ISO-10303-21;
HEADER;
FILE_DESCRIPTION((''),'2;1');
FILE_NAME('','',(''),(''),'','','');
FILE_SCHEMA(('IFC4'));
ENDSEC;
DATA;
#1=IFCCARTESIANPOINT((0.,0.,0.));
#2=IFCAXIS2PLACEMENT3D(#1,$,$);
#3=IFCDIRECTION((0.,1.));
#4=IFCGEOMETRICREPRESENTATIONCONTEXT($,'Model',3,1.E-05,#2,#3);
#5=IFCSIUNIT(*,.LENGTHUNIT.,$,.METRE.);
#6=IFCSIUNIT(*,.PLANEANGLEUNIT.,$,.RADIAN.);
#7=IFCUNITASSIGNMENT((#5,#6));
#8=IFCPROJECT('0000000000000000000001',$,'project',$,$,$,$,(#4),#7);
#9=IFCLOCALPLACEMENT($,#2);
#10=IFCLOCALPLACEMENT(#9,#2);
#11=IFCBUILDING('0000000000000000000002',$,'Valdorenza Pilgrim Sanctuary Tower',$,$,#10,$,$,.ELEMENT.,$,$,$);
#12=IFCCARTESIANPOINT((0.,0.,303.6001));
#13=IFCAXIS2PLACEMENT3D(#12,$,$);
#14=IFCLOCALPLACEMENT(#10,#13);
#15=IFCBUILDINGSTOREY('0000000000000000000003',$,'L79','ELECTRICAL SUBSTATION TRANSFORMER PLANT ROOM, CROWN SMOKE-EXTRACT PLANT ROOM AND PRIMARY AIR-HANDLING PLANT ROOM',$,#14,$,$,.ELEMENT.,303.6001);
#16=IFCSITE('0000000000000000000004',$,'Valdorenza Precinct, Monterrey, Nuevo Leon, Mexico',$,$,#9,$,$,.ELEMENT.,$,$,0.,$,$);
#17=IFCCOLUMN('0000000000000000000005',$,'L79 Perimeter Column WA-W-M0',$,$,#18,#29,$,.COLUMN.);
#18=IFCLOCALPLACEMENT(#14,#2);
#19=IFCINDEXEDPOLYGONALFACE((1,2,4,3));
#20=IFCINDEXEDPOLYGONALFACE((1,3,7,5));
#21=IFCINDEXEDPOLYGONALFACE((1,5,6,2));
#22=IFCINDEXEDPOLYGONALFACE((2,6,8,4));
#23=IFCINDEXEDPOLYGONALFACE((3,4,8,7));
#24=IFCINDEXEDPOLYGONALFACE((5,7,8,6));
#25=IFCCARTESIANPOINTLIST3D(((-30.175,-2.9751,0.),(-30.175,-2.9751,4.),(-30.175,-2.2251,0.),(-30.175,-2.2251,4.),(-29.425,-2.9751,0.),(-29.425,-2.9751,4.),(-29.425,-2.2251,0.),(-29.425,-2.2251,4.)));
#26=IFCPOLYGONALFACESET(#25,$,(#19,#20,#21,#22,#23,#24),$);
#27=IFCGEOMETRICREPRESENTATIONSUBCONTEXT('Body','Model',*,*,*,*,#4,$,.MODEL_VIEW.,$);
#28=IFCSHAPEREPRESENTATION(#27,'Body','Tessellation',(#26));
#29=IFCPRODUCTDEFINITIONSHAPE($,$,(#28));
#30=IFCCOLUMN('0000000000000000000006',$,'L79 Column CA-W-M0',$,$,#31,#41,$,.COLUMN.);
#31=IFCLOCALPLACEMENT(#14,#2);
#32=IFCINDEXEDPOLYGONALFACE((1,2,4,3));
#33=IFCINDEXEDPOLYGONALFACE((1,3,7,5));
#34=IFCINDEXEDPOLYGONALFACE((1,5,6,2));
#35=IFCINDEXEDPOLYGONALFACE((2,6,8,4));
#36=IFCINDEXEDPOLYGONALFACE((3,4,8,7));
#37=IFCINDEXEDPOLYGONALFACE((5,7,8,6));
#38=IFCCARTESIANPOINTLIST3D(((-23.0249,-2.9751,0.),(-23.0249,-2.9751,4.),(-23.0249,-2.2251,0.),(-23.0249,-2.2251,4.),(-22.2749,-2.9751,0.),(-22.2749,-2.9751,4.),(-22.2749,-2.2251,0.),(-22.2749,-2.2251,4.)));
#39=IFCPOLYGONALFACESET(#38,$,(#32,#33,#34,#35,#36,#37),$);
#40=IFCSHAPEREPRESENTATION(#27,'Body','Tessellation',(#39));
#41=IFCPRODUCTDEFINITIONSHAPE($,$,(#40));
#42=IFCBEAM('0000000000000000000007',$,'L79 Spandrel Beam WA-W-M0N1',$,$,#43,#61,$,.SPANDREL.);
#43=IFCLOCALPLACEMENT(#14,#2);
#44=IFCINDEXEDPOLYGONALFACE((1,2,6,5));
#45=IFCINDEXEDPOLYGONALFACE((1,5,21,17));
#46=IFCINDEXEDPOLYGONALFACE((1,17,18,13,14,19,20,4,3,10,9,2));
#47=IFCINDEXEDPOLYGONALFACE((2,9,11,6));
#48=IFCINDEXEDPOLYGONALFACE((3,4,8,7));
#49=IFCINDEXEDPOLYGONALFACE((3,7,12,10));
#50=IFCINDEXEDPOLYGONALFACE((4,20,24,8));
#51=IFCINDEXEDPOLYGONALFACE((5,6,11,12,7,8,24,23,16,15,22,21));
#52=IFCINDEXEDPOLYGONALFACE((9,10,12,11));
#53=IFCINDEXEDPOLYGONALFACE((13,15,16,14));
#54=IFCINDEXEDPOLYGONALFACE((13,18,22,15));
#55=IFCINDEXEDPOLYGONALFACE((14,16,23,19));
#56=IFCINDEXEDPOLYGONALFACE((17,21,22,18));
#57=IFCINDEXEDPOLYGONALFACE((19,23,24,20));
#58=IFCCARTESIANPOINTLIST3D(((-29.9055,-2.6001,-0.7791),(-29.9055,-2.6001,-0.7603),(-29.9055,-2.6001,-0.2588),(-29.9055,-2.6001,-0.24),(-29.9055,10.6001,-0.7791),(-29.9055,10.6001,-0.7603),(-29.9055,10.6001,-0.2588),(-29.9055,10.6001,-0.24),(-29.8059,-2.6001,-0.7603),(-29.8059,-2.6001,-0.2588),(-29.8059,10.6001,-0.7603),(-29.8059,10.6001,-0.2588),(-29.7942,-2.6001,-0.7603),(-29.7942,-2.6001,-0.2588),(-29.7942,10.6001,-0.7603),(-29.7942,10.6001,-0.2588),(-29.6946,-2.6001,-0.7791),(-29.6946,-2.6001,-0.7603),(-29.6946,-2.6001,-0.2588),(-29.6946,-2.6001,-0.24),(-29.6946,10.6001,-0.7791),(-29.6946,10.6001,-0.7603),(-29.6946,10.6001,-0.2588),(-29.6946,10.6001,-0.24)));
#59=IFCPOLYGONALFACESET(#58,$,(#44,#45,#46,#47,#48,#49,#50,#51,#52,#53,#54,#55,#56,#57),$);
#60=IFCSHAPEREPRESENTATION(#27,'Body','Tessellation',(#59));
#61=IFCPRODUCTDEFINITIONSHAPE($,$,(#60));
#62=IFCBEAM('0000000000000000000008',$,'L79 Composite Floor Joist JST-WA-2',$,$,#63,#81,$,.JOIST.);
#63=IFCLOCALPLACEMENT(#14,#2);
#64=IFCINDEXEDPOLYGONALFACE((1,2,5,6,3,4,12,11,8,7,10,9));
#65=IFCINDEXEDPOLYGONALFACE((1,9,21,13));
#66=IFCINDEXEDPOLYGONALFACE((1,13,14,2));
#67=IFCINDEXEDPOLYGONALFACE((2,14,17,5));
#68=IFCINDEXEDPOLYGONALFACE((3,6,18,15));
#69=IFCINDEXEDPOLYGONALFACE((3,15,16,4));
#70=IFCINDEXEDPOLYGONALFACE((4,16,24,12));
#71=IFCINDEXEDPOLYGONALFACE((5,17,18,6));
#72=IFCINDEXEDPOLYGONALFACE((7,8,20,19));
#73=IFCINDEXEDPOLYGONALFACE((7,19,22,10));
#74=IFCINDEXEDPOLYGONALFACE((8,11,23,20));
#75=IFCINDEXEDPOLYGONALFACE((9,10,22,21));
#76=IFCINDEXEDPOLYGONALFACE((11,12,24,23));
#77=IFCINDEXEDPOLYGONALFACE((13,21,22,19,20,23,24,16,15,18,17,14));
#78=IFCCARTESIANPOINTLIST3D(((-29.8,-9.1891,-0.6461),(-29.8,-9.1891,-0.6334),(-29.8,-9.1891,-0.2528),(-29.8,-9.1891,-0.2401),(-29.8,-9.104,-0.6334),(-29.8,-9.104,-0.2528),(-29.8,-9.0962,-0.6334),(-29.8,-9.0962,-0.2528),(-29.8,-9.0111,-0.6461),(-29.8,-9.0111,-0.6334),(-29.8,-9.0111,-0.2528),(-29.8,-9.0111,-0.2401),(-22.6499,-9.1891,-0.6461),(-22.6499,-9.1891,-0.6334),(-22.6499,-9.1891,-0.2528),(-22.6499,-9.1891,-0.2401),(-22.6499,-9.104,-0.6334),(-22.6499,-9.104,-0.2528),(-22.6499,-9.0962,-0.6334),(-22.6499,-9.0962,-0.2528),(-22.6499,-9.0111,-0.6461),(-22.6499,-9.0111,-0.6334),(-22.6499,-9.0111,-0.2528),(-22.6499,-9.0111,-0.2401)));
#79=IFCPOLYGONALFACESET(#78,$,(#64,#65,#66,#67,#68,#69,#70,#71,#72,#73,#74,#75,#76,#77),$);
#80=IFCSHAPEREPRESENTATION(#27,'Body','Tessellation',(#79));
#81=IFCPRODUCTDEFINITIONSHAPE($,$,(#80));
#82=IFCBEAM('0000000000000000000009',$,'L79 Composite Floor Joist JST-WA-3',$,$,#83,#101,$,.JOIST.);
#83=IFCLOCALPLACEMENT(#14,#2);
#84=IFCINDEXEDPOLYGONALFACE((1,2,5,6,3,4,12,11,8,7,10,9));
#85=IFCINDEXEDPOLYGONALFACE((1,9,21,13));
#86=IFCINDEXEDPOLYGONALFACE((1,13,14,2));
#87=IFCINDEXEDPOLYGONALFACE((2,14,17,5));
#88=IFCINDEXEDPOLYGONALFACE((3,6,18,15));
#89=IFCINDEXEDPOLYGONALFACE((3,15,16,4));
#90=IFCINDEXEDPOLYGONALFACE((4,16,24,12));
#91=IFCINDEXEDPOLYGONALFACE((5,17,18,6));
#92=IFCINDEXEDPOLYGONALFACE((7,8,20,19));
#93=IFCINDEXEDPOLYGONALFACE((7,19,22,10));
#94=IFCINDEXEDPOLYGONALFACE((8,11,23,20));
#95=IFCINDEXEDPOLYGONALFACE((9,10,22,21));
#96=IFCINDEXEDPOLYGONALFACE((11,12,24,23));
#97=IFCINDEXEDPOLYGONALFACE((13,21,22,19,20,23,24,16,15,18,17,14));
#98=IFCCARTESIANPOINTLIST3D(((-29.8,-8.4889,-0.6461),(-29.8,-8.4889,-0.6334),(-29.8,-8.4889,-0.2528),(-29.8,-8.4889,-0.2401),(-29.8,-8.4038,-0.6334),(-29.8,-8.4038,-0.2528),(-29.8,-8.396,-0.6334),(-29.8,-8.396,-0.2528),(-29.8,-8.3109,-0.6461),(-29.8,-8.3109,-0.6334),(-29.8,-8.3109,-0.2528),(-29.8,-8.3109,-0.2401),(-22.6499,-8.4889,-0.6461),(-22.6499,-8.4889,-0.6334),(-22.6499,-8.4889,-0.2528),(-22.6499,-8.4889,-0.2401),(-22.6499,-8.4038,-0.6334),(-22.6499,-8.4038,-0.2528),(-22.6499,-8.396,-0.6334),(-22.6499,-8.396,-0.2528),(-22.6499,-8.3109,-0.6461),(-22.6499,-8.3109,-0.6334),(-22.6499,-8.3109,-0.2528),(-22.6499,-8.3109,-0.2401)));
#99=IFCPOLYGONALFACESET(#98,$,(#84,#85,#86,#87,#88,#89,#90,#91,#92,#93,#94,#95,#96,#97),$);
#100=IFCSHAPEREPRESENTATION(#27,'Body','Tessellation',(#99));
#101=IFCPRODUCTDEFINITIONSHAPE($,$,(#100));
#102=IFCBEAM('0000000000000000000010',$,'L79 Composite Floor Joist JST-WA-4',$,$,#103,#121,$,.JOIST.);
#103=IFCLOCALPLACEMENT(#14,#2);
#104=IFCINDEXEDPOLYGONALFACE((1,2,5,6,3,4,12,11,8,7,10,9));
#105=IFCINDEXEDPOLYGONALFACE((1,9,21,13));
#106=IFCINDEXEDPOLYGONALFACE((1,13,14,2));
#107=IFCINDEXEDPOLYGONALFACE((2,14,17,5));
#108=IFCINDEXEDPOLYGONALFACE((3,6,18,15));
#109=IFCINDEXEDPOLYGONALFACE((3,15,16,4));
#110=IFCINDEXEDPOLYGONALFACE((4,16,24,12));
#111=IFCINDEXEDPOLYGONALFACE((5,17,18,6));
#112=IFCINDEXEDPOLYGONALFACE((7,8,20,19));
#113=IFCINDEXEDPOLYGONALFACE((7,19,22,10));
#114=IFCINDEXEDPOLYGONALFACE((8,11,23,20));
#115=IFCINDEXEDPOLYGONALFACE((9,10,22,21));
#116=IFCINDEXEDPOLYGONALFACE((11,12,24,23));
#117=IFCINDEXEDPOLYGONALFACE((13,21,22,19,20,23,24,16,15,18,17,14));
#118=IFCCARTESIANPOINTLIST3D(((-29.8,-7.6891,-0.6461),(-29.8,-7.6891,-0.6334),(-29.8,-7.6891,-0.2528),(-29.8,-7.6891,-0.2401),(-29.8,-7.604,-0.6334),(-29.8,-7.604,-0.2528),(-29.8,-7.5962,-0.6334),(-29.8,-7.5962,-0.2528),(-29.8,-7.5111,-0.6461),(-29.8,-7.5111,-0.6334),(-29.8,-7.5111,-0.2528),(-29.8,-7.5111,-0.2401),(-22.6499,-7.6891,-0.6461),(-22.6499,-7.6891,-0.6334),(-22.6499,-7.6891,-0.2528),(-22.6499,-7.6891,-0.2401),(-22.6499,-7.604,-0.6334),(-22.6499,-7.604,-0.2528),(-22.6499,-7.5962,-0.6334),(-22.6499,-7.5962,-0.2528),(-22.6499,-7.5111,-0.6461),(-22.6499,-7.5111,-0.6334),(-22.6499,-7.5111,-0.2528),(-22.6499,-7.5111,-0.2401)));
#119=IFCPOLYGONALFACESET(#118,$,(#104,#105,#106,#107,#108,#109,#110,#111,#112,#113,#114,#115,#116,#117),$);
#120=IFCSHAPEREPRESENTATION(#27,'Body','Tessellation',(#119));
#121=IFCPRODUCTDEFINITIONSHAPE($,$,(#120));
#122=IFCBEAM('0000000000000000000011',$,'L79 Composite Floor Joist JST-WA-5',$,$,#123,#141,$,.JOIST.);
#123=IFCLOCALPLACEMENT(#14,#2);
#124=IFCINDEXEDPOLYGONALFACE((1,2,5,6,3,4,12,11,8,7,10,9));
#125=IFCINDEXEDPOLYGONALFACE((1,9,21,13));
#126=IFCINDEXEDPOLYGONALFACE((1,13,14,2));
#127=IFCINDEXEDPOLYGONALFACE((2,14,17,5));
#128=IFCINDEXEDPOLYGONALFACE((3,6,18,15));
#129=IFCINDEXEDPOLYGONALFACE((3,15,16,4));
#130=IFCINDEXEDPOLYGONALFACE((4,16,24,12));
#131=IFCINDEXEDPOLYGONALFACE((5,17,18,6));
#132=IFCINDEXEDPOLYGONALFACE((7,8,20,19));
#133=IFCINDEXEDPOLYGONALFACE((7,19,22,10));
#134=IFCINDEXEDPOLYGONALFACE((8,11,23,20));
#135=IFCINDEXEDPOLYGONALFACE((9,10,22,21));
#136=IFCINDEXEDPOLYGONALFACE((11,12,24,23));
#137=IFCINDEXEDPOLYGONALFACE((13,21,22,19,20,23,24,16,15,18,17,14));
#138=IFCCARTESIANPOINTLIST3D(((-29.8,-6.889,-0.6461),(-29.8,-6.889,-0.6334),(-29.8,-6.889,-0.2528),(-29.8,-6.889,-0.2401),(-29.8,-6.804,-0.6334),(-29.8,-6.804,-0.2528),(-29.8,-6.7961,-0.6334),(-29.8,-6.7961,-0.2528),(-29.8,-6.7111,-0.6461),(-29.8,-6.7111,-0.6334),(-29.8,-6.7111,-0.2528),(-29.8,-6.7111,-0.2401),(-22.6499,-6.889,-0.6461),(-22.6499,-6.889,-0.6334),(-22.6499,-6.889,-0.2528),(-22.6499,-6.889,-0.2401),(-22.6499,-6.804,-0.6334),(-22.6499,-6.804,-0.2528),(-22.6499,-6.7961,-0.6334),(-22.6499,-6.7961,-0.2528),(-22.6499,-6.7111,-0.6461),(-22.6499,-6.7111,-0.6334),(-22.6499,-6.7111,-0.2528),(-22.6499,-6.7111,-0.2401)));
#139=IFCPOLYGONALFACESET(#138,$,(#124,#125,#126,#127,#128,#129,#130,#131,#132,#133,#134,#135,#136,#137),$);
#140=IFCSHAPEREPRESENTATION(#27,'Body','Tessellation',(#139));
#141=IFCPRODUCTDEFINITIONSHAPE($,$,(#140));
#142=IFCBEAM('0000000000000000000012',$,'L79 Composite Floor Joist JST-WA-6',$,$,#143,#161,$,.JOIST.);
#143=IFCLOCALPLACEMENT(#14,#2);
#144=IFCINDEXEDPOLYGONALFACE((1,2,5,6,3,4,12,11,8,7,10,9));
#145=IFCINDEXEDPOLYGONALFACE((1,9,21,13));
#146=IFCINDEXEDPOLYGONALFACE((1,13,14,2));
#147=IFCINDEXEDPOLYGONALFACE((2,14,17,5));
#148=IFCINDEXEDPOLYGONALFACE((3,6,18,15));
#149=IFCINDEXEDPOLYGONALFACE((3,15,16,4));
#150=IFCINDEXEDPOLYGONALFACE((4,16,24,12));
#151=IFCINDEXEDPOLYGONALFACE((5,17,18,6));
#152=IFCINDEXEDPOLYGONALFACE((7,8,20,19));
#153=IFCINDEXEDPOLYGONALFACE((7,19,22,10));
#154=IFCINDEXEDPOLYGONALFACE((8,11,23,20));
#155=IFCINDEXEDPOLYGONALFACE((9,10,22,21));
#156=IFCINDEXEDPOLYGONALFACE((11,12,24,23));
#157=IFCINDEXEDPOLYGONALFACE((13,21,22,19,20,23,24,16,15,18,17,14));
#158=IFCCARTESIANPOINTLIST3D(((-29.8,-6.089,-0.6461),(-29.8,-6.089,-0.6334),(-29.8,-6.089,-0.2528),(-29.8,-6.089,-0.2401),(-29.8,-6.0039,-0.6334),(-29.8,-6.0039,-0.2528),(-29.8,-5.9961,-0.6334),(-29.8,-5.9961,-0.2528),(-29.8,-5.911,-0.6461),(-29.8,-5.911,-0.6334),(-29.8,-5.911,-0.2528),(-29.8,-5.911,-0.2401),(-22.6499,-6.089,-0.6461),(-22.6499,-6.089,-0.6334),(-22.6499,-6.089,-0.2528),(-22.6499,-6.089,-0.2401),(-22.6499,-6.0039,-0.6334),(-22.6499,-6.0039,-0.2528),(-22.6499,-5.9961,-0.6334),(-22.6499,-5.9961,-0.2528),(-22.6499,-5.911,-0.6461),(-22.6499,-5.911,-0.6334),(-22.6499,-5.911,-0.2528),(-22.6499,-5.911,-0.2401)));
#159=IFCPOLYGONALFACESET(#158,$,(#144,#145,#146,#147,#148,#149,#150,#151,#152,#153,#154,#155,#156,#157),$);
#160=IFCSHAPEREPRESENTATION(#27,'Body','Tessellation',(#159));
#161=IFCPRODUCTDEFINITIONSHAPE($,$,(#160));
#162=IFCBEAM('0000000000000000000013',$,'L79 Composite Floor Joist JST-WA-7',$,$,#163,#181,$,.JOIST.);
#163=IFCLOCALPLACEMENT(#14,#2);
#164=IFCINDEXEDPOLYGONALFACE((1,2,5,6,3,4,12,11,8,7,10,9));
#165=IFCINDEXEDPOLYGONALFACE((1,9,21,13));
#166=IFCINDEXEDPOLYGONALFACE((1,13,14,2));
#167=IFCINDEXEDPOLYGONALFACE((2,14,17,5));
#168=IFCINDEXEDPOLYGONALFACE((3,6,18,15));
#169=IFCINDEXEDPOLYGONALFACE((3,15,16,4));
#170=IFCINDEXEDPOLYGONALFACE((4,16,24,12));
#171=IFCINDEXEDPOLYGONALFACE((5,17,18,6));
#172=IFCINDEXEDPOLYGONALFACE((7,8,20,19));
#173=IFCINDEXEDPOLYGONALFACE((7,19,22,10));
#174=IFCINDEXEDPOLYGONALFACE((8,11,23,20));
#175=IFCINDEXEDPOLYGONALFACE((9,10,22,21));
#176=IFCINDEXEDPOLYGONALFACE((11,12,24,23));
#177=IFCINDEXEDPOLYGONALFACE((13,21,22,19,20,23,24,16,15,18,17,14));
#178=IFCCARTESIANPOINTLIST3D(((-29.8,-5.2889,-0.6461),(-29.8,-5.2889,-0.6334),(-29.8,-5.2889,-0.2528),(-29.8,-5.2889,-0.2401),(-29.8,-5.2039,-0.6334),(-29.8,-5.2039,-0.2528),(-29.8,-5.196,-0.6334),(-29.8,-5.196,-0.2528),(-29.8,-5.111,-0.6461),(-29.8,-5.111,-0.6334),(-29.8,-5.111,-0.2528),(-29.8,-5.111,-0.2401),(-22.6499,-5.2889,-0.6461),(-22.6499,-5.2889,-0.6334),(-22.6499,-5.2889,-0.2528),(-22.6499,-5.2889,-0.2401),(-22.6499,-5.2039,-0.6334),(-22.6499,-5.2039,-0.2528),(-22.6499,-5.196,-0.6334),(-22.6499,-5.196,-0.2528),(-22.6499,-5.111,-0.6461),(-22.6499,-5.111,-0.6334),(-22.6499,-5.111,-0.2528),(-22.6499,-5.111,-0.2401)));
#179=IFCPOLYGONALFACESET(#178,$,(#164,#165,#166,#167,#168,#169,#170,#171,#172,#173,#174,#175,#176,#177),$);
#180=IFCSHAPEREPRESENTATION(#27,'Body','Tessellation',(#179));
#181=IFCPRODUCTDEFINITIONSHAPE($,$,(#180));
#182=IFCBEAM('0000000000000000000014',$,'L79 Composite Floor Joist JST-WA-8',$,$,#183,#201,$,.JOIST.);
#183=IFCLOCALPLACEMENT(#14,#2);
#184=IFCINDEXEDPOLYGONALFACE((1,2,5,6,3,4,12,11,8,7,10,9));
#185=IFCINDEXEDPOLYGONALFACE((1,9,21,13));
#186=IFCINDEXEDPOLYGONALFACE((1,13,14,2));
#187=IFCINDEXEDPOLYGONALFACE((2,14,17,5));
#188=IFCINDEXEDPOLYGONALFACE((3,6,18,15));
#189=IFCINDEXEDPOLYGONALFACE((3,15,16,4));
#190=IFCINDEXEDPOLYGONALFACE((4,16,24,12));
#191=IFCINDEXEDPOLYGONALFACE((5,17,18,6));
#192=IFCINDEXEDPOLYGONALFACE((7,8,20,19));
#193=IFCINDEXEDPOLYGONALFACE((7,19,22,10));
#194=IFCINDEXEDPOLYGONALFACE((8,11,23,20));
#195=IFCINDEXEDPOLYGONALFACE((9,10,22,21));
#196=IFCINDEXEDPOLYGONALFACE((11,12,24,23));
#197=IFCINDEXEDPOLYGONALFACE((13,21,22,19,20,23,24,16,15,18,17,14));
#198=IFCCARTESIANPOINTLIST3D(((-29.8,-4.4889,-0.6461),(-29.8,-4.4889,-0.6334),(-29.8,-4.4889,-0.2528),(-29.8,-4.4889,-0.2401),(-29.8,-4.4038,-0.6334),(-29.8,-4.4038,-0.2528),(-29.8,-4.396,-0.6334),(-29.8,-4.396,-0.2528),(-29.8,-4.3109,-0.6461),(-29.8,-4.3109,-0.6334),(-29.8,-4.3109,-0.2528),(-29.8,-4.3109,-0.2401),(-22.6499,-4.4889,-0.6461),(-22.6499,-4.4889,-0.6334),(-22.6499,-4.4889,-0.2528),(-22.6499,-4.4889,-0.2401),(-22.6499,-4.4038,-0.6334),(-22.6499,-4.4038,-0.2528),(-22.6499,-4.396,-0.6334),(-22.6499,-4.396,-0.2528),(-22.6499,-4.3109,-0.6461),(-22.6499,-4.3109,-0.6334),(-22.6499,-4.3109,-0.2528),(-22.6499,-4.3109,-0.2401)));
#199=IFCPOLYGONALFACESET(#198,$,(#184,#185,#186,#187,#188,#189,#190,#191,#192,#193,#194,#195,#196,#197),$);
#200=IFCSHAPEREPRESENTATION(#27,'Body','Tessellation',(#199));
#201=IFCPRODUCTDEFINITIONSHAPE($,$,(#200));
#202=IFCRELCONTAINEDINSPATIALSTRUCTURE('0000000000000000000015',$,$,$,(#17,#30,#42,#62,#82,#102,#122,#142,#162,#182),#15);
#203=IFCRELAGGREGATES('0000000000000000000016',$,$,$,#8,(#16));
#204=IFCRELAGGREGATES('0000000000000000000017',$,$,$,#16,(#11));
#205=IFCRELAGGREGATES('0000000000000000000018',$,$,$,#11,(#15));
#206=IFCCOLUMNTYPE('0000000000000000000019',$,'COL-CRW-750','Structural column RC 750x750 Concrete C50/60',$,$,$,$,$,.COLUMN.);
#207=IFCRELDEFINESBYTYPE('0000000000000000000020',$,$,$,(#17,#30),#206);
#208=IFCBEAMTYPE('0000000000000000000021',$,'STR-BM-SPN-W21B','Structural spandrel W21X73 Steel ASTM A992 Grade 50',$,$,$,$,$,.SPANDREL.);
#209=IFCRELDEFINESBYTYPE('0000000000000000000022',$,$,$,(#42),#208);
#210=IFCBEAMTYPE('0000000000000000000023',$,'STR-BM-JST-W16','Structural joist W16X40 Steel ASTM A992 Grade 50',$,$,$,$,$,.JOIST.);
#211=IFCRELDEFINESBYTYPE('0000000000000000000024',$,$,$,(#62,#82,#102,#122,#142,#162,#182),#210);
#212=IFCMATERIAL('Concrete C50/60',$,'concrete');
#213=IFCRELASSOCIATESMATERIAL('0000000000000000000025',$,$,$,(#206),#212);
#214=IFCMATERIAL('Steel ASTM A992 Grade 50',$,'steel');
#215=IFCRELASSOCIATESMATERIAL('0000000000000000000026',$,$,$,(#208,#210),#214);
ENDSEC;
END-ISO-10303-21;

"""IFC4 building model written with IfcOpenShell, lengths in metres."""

from ifc_helpers import new_model, si_unit, direction, frame, origin, origin_2d, place, context, subcontext, project, spatial, rectangle, i_section, extrude, source, transform, mapped, material, material_profile, profile_set, type_object, element, save


model = new_model("IFC4")

# Units and contexts
model_context = context("Model", 3, precision=1e-05, world=origin(), true_north=direction((0.0, 1.0)))
body_context = subcontext(model_context, "Body", "Model", "MODEL_VIEW")
ifc_project = project(units=[si_unit("LENGTHUNIT", "METRE"), si_unit("PLANEANGLEUNIT", "RADIAN")], contexts=[model_context])

# Site, building, storey
site_placement = place(None, origin())
site = spatial("IfcSite", under=ifc_project, at=site_placement, Name="Valdorenza Precinct, Monterrey, Nuevo Leon, Mexico", CompositionType="ELEMENT", RefElevation=0.0)
building_placement = place(site_placement, origin())
building = spatial("IfcBuilding", under=site, at=building_placement, Name="Valdorenza Pilgrim Sanctuary Tower", CompositionType="ELEMENT")
storey_placement = place(building_placement, frame((0.0, 0.0, 303.6001)))
storey = spatial("IfcBuildingStorey", under=building, at=storey_placement, Name="L79", Description="ELECTRICAL SUBSTATION TRANSFORMER PLANT ROOM, CROWN SMOKE-EXTRACT PLANT ROOM AND PRIMARY AIR-HANDLING PLANT ROOM", CompositionType="ELEMENT", Elevation=303.6001)

# Columns
ifc_material_1 = material(Name="Concrete C50/60", Category="concrete")
ifc_material_profile_1 = material_profile(ifc_material_1, rectangle(XDim=0.75, YDim=0.75, at=origin_2d()), Name="RC 750x750")
ifc_profile_set_1 = profile_set([ifc_material_profile_1], Name="Concrete C50/60")
column_type = type_object("IfcColumnType", Name="COL-CRW-750", Description="Structural column RC 750x750 Concrete C50/60", PredefinedType="COLUMN", material=ifc_profile_set_1)
shared_shape_1 = source(origin(), body_context, "Body", "SweptSolid", [
    extrude(rectangle(XDim=0.75, YDim=0.75, at=origin_2d()), origin(), (0.0, 0.0, 1.0), 4.0),
])
for number, where, z_axis, x_axis, name in (
    (1, (-29.8, -2.6001, 0.0), (0.0, 0.0, 1.0), (1.0, 0.0, 0.0), "L79 Perimeter Column WA-W-M0"),
    (2, (-22.6499, -2.6001, 0.0), (0.0, 0.0, 1.0), (1.0, 0.0, 0.0), "L79 Column CA-W-M0"),
):
    element("IfcColumn", number, at=place(storey_placement, frame(where, z_axis=z_axis, x_axis=x_axis)), inside=storey, type_object=column_type, Name=name, PredefinedType="COLUMN", context=body_context, shape_type="MappedRepresentation", body=[
        mapped(shared_shape_1, transform((0.0, 0.0, 0.0), x_axis=(1.0, 0.0, 0.0), y_axis=(0.0, 1.0, 0.0), z_axis=(0.0, 0.0, 1.0), scale=1.0)),
    ])

# Beams
ifc_material_2 = material(Name="Steel ASTM A992 Grade 50", Category="steel")
ifc_material_profile_2 = material_profile(ifc_material_2, i_section(OverallWidth=0.2109, OverallDepth=0.5391, WebThickness=0.0117, FlangeThickness=0.0188, at=origin_2d()), Name="W21X73")
ifc_profile_set_2 = profile_set([ifc_material_profile_2], Name="Steel ASTM A992 Grade 50")
beam_type_1 = type_object("IfcBeamType", Name="STR-BM-SPN-W21B", Description="Structural spandrel W21X73 Steel ASTM A992 Grade 50", PredefinedType="SPANDREL", material=ifc_profile_set_2)
shared_shape_2 = source(origin(), body_context, "Body", "SweptSolid", [
    extrude(i_section(OverallWidth=0.2109, OverallDepth=0.5391, WebThickness=0.0117, FlangeThickness=0.0188, at=origin_2d()), origin(), (0.0, 0.0, 1.0), 13.2002),
])
beam_1_placement = place(storey_placement, frame((-29.8, -2.6001, -0.5095), z_axis=(0.0, 1.0, 0.0), x_axis=(-1.0, 0.0, 0.0)))
element("IfcBeam", 3, at=beam_1_placement, inside=storey, type_object=beam_type_1, Name="L79 Spandrel Beam WA-W-M0N1", PredefinedType="SPANDREL", context=body_context, shape_type="MappedRepresentation", body=[
    mapped(shared_shape_2, transform((0.0, 0.0, 0.0), x_axis=(1.0, 0.0, 0.0), y_axis=(0.0, 1.0, 0.0), z_axis=(0.0, 0.0, 1.0), scale=1.0)),
])
ifc_material_profile_3 = material_profile(ifc_material_2, i_section(OverallWidth=0.178, OverallDepth=0.406, WebThickness=0.0078, FlangeThickness=0.0127, at=origin_2d()), Name="W16X40")
ifc_profile_set_3 = profile_set([ifc_material_profile_3], Name="Steel ASTM A992 Grade 50")
beam_type_2 = type_object("IfcBeamType", Name="STR-BM-JST-W16", Description="Structural joist W16X40 Steel ASTM A992 Grade 50", PredefinedType="JOIST", material=ifc_profile_set_3)
shared_shape_3 = source(origin(), body_context, "Body", "SweptSolid", [
    extrude(i_section(OverallWidth=0.178, OverallDepth=0.406, WebThickness=0.0078, FlangeThickness=0.0127, at=origin_2d()), origin(), (0.0, 0.0, 1.0), 7.1501),
])
for number, where, z_axis, x_axis, name in (
    (4, (-29.8, -9.1001, -0.4431), (1.0, 0.0, 0.0), (0.0, 1.0, 0.0), "L79 Composite Floor Joist JST-WA-2"),
    (5, (-29.8, -8.3999, -0.4431), (1.0, 0.0, 0.0), (0.0, 1.0, 0.0), "L79 Composite Floor Joist JST-WA-3"),
    (6, (-29.8, -7.6001, -0.4431), (1.0, 0.0, 0.0), (0.0, 1.0, 0.0), "L79 Composite Floor Joist JST-WA-4"),
    (7, (-29.8, -6.8, -0.4431), (1.0, 0.0, 0.0), (0.0, 1.0, 0.0), "L79 Composite Floor Joist JST-WA-5"),
    (8, (-29.8, -6.0, -0.4431), (1.0, 0.0, 0.0), (0.0, 1.0, 0.0), "L79 Composite Floor Joist JST-WA-6"),
    (9, (-29.8, -5.2, -0.4431), (1.0, 0.0, 0.0), (0.0, 1.0, 0.0), "L79 Composite Floor Joist JST-WA-7"),
    (10, (-29.8, -4.3999, -0.4431), (1.0, 0.0, 0.0), (0.0, 1.0, 0.0), "L79 Composite Floor Joist JST-WA-8"),
):
    element("IfcBeam", number, at=place(storey_placement, frame(where, z_axis=z_axis, x_axis=x_axis)), inside=storey, type_object=beam_type_2, Name=name, PredefinedType="JOIST", context=body_context, shape_type="MappedRepresentation", body=[
        mapped(shared_shape_3, transform((0.0, 0.0, 0.0), x_axis=(1.0, 0.0, 0.0), y_axis=(0.0, 1.0, 0.0), z_axis=(0.0, 0.0, 1.0), scale=1.0)),
    ])

save(model, "model.ifc")
